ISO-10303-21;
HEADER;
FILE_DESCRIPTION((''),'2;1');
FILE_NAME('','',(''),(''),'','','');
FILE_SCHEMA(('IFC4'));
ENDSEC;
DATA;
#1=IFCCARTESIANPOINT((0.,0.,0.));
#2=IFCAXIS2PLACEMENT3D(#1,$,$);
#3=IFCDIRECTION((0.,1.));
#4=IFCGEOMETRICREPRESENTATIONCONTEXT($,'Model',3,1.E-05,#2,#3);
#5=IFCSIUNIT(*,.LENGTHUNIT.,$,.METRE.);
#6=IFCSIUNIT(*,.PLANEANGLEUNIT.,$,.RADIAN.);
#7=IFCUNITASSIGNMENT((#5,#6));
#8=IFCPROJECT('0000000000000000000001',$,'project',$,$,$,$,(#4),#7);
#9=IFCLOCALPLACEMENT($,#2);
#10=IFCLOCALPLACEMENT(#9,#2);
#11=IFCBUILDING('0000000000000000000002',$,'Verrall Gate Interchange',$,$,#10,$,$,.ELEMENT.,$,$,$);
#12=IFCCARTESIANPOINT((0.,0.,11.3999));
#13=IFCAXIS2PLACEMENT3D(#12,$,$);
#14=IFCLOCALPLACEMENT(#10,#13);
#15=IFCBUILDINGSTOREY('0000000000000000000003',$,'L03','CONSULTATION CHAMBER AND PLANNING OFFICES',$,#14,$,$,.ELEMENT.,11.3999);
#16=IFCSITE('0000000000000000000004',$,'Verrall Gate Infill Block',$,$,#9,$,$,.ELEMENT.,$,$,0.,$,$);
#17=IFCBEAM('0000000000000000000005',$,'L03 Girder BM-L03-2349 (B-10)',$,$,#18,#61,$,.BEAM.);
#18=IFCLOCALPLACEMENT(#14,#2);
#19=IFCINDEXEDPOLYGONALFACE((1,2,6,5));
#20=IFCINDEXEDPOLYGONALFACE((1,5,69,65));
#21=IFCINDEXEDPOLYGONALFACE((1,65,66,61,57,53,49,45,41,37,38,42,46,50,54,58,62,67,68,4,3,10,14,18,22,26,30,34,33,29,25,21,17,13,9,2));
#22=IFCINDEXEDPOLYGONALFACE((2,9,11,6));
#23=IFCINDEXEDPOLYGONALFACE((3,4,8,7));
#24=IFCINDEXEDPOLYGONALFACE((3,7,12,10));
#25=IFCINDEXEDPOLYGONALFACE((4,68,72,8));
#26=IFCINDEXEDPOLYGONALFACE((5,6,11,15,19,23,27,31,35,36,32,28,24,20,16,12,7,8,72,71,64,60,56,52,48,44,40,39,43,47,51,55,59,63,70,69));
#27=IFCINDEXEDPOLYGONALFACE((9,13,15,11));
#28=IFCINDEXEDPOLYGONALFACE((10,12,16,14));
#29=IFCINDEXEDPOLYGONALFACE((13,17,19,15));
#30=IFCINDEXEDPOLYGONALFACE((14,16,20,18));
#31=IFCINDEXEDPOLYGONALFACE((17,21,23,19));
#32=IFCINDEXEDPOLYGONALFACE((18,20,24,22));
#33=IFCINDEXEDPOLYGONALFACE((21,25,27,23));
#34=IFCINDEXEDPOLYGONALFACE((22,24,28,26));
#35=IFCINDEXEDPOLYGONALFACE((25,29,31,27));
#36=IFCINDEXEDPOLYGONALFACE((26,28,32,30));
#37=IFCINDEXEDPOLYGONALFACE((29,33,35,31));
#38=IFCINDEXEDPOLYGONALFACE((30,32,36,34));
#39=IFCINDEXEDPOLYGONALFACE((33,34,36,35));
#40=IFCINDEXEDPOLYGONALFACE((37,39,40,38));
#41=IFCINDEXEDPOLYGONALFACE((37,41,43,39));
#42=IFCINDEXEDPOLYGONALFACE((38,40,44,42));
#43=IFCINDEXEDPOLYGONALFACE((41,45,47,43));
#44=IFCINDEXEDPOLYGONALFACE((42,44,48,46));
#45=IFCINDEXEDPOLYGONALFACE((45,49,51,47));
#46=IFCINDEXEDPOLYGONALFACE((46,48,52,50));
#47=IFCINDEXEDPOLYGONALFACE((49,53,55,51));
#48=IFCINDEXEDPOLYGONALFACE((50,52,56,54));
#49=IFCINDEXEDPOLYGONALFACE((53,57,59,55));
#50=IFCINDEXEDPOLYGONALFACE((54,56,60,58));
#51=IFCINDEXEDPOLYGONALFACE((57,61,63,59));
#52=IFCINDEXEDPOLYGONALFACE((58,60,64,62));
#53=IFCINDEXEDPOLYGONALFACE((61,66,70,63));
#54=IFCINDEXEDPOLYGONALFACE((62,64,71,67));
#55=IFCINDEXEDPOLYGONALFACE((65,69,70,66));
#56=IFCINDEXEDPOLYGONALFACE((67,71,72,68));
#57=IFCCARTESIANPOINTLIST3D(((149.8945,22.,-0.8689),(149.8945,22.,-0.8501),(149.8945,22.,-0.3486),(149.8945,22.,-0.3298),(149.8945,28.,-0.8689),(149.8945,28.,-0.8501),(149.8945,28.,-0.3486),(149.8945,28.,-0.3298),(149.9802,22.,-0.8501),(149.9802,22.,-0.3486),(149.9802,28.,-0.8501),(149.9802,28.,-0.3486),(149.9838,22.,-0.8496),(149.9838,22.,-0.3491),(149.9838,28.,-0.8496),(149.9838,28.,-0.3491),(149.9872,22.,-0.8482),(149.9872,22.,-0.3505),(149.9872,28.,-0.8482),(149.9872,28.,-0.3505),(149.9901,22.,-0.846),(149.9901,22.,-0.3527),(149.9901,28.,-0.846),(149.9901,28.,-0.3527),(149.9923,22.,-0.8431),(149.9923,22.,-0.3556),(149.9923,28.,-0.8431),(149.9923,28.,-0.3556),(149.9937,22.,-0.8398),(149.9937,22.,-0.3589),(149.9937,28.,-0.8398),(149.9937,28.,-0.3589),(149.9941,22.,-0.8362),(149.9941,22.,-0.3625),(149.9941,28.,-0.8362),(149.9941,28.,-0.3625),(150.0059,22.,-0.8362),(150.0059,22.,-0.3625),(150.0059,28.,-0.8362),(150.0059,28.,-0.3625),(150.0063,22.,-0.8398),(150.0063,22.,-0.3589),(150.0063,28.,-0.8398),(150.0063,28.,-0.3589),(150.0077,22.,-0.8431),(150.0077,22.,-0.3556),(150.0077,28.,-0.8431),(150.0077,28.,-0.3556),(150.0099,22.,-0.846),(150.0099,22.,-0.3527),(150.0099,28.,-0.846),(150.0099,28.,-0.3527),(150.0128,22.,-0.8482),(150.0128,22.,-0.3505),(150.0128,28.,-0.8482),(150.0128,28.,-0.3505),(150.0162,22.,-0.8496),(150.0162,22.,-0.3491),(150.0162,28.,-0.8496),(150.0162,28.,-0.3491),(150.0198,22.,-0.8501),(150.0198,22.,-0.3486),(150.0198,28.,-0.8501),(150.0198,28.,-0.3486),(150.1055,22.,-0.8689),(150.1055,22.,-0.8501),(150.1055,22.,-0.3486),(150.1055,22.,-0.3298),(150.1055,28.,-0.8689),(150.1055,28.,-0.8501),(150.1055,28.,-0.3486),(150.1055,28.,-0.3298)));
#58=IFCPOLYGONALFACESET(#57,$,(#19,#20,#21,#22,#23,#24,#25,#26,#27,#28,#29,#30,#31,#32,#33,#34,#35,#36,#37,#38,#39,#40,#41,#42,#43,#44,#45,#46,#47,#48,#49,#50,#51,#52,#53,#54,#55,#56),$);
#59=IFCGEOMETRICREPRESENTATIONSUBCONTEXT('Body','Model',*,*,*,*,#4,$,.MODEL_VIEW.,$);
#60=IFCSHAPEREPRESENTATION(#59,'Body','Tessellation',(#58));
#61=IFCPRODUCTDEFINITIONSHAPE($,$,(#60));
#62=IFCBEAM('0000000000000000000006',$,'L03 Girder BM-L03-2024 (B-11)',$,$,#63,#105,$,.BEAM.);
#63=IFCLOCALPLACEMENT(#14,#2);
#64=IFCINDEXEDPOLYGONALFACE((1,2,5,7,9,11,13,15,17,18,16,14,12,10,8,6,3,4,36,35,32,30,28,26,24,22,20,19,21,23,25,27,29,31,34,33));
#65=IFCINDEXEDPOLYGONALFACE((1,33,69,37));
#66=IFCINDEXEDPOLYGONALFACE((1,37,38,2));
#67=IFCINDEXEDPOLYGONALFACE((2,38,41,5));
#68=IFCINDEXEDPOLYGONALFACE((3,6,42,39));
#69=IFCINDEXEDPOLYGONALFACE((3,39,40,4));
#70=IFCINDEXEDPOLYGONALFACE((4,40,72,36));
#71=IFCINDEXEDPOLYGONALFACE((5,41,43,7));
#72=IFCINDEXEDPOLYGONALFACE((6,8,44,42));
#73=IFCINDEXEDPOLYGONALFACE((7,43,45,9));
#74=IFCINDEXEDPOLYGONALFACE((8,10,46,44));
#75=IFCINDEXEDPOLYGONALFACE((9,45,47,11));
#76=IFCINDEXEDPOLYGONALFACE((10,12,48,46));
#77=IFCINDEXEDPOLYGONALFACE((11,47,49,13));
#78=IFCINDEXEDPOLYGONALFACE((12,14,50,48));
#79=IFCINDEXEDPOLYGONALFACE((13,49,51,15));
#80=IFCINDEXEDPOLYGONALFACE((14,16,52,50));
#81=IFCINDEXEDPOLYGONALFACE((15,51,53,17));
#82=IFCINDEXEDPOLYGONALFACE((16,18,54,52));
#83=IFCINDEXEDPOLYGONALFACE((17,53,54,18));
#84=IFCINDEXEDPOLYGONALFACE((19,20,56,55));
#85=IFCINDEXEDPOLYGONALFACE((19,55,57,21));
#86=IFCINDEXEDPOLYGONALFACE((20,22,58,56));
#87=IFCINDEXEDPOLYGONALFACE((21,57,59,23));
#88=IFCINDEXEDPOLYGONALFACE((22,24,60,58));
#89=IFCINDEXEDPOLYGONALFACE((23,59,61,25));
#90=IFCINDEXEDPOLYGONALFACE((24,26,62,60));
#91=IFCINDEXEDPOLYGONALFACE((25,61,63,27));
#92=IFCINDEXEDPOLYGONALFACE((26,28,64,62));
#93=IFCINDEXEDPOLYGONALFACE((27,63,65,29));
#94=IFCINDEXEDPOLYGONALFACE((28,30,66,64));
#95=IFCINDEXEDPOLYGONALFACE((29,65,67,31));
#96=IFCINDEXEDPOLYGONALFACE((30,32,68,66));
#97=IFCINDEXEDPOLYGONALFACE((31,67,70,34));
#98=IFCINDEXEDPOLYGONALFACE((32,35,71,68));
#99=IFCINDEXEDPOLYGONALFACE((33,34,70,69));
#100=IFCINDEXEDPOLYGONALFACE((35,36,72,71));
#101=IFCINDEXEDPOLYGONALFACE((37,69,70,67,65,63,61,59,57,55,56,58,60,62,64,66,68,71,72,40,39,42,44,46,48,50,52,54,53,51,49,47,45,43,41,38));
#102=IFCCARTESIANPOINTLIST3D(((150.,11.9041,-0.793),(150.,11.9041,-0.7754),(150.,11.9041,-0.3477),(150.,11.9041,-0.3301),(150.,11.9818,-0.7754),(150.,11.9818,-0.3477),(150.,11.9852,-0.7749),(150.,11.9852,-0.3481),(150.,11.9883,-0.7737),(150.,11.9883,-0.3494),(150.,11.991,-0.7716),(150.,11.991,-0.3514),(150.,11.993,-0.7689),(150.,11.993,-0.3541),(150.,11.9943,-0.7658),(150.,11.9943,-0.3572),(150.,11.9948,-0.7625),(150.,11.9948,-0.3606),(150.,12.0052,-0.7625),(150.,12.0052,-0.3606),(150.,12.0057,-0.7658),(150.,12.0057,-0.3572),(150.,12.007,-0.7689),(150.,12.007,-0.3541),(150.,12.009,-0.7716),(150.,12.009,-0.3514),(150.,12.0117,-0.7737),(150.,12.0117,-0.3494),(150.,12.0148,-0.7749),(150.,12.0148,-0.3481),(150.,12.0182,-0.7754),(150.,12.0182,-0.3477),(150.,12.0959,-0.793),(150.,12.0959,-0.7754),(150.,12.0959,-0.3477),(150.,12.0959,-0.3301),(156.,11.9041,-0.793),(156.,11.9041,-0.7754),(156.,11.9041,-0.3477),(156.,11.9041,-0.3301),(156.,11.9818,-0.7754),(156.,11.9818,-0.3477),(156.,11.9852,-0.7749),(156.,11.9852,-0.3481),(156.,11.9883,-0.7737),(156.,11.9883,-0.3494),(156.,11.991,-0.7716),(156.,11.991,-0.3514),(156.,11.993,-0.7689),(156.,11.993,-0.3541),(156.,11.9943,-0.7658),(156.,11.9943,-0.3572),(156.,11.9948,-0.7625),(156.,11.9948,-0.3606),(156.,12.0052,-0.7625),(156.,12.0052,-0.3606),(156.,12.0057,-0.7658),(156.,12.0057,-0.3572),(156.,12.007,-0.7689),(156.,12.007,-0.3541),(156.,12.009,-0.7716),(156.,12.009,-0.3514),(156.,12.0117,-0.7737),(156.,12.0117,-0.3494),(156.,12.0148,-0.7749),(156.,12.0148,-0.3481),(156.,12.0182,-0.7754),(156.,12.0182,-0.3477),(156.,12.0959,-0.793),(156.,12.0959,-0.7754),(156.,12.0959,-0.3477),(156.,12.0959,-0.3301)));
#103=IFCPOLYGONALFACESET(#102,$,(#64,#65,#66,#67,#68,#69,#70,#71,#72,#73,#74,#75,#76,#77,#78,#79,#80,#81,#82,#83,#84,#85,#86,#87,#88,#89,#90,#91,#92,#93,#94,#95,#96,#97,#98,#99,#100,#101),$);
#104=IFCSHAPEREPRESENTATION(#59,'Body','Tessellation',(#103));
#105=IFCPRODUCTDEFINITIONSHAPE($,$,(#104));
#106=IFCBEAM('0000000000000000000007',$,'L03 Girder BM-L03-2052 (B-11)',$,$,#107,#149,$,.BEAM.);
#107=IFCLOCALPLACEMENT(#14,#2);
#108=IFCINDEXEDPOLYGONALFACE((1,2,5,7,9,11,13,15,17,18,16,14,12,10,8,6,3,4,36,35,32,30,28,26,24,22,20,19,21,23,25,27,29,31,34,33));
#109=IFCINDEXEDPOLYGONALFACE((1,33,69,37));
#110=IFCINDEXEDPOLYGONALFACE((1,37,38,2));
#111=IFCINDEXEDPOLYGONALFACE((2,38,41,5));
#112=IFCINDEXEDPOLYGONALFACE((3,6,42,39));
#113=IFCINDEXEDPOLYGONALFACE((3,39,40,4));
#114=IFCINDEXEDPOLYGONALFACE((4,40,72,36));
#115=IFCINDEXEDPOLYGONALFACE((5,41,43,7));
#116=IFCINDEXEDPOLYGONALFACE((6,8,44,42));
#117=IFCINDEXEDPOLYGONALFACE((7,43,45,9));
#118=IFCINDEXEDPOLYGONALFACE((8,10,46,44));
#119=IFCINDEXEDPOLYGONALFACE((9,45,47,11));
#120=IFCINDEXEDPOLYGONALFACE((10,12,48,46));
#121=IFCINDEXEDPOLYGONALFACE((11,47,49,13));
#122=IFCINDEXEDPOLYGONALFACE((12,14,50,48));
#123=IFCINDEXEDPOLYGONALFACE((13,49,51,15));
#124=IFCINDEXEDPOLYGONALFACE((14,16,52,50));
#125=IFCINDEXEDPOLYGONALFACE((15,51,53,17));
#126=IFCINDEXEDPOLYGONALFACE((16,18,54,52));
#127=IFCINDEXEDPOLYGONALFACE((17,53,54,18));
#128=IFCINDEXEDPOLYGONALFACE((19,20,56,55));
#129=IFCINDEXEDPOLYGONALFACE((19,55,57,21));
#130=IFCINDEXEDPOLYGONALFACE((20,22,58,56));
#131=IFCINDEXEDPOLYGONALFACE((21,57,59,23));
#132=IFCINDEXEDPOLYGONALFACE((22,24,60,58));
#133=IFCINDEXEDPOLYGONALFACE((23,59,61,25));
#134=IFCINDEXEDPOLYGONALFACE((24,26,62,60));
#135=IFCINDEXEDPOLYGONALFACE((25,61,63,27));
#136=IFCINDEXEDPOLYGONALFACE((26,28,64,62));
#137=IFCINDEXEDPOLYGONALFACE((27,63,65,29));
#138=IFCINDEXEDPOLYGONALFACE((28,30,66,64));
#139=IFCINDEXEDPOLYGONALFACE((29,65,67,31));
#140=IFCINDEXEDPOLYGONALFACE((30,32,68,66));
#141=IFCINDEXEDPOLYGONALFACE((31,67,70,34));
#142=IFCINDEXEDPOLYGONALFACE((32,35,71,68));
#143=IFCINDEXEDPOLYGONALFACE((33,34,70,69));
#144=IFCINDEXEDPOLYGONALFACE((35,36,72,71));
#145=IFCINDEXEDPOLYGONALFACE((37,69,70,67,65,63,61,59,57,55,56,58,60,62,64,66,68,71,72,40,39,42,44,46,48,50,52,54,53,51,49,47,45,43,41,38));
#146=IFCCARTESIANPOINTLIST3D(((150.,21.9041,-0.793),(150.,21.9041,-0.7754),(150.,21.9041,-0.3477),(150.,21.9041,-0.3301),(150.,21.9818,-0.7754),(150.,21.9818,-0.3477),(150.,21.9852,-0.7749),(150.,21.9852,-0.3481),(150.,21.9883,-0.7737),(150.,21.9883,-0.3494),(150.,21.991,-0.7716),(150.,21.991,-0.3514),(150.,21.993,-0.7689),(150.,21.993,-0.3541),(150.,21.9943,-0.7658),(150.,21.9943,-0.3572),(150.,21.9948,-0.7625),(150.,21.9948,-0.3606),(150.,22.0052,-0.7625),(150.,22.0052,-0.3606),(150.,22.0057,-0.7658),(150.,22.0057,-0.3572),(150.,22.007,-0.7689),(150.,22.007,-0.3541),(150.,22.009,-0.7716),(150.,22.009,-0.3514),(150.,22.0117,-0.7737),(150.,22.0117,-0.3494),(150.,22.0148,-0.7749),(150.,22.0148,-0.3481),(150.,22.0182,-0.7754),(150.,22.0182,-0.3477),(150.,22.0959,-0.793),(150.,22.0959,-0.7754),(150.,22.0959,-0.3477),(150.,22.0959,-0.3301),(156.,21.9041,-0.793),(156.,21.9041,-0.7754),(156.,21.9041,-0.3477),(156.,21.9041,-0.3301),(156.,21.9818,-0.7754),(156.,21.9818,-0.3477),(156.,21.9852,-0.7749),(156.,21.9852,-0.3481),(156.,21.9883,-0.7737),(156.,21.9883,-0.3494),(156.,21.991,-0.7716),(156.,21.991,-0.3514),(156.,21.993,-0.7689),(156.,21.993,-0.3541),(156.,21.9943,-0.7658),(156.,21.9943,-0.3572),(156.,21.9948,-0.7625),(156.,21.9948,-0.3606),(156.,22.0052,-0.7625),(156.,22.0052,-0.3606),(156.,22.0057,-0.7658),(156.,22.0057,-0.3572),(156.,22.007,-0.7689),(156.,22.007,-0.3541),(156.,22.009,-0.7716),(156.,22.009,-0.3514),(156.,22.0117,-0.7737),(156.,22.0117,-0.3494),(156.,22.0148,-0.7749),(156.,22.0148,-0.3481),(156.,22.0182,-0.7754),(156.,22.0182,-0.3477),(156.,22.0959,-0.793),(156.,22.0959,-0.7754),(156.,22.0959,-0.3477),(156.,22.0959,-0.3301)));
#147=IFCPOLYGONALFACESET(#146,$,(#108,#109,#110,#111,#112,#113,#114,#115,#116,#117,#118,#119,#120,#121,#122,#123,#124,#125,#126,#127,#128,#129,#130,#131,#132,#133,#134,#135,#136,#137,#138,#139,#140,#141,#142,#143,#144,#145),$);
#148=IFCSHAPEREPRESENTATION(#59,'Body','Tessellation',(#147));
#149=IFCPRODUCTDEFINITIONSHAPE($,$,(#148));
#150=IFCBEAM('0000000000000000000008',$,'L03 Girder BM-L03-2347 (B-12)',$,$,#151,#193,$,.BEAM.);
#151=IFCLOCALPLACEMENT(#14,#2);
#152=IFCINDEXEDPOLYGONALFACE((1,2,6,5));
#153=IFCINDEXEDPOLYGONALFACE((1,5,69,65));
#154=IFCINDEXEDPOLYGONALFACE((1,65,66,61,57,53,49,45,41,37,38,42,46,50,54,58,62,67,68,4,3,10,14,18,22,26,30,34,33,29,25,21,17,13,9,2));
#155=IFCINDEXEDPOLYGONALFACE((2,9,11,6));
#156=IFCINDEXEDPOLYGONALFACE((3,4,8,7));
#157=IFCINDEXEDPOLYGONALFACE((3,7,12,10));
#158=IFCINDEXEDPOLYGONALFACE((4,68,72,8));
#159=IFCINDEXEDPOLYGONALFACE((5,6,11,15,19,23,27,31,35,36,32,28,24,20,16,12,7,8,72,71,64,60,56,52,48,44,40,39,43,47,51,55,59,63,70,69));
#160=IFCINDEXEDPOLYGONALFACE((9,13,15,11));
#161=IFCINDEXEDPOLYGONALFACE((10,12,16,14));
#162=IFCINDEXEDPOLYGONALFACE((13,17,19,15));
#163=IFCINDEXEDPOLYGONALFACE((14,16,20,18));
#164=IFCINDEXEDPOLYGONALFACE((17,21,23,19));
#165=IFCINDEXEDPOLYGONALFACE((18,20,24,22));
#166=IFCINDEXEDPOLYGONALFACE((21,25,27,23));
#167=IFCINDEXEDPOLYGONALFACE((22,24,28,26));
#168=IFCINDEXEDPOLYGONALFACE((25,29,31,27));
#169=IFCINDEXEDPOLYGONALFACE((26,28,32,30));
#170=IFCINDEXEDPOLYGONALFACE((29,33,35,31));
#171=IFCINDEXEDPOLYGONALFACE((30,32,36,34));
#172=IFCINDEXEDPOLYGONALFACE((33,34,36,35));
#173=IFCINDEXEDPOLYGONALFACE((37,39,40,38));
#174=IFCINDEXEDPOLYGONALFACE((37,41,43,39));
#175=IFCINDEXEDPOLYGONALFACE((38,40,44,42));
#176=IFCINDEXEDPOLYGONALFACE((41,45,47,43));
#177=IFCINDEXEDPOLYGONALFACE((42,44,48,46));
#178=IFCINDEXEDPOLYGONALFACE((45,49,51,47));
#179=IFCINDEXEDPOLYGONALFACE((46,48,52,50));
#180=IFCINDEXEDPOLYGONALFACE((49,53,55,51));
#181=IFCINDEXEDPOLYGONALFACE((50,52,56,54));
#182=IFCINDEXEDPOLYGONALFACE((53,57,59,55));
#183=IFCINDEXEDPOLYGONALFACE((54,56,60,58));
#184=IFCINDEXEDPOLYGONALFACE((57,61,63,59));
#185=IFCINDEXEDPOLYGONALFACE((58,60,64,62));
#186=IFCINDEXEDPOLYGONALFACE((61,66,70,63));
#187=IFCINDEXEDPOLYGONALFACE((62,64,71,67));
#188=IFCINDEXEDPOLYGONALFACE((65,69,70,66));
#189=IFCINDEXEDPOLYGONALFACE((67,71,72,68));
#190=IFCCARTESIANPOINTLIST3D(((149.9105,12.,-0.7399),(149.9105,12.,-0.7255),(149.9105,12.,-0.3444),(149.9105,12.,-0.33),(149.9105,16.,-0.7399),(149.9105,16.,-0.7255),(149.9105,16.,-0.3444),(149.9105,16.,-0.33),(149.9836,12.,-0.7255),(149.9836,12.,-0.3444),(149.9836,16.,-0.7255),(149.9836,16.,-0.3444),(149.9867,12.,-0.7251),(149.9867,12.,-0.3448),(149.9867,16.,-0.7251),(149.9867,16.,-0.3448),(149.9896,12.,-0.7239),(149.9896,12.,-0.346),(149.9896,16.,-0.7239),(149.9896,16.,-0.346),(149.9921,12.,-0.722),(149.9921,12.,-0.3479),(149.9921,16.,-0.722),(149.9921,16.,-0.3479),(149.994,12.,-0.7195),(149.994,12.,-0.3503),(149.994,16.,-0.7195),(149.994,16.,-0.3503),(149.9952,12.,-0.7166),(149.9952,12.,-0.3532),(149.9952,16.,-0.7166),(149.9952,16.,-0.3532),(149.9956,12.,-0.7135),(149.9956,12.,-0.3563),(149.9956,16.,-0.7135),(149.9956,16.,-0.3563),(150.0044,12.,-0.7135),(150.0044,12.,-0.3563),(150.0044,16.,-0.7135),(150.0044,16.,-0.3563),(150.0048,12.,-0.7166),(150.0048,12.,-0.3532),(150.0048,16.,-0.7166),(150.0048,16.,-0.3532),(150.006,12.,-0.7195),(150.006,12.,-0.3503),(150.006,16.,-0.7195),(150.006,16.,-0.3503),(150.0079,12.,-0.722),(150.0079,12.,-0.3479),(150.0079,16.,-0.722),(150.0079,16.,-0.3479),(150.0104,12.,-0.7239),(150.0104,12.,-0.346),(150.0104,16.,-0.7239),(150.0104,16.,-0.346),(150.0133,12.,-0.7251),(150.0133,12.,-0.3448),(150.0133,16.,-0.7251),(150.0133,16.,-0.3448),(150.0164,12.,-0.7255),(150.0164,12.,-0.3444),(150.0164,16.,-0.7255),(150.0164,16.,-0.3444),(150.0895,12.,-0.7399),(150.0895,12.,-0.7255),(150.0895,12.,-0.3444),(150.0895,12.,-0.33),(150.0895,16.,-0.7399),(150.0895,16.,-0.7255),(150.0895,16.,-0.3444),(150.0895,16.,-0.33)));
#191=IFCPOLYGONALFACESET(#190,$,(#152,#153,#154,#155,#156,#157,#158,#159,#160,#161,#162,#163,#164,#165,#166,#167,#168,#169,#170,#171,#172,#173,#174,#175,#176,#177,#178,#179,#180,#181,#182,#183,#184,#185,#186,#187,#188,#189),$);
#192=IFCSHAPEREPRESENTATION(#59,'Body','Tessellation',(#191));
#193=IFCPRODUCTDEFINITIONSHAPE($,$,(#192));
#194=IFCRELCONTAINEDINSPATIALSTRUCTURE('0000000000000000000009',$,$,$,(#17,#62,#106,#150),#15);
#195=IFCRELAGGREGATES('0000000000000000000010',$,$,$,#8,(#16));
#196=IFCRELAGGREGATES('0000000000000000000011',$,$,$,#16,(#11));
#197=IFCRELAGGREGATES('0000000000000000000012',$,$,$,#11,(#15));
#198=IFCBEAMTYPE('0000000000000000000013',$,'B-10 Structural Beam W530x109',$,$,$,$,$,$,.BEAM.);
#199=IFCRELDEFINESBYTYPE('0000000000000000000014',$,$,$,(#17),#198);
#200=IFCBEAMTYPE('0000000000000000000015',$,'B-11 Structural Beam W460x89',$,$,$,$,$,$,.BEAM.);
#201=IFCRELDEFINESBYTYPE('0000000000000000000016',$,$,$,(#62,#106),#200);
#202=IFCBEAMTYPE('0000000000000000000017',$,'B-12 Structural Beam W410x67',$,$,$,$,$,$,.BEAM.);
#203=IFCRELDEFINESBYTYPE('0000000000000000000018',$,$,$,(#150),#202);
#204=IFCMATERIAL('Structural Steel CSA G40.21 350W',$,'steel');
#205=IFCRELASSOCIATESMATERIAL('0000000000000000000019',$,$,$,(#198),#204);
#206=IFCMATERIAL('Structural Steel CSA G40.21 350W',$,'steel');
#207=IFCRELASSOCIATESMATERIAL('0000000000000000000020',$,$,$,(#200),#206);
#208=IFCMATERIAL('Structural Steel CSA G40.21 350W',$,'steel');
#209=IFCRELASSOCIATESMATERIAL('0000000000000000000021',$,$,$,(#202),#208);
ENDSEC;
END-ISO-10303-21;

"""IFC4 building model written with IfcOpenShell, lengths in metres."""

from ifc_helpers import new_model, si_unit, direction, frame, origin, origin_2d, place, context, subcontext, project, spatial, i_section, extrude, material, material_profile, profile_set, type_object, element, save


model = new_model("IFC4")

# Units and contexts
model_context = context("Model", 3, precision=1e-05, world=origin(), true_north=direction((0.0, 1.0)))
body_context = subcontext(model_context, "Body", "Model", "MODEL_VIEW")
ifc_project = project(units=[si_unit("LENGTHUNIT", "METRE"), si_unit("PLANEANGLEUNIT", "RADIAN")], contexts=[model_context])

# Site, building, storey
site_placement = place(None, origin())
site = spatial("IfcSite", under=ifc_project, at=site_placement, Name="Verrall Gate Infill Block", CompositionType="ELEMENT", RefElevation=0.0)
building_placement = place(site_placement, origin())
building = spatial("IfcBuilding", under=site, at=building_placement, Name="Verrall Gate Interchange", CompositionType="ELEMENT")
storey_placement = place(building_placement, frame((0.0, 0.0, 11.3999)))
storey = spatial("IfcBuildingStorey", under=building, at=storey_placement, Name="L03", Description="CONSULTATION CHAMBER AND PLANNING OFFICES", CompositionType="ELEMENT", Elevation=11.3999)

# Beams
ifc_material_1 = material(Name="Structural Steel CSA G40.21 350W", Category="steel")
ifc_material_profile_1 = material_profile(ifc_material_1, i_section(OverallWidth=0.2109, OverallDepth=0.5391, WebThickness=0.0117, FlangeThickness=0.0188, FilletRadius=0.0139, at=origin_2d()), Name="W530x109")
ifc_profile_set_1 = profile_set([ifc_material_profile_1], Name="Structural Steel CSA G40.21 350W")
beam_type_1 = type_object("IfcBeamType", Name="B-10 Structural Beam W530x109", PredefinedType="BEAM", material=ifc_profile_set_1)
for number, where, z_axis, x_axis, name in (
    (1, (150.0, 22.0, -0.5994), (0.0, 1.0, 0.0), (-1.0, 0.0, 0.0), "L03 Girder BM-L03-2349 (B-10)"),
):
    element("IfcBeam", number, at=place(storey_placement, frame(where, z_axis=z_axis, x_axis=x_axis)), inside=storey, type_object=beam_type_1, Name=name, PredefinedType="BEAM", context=body_context, shape_type="SweptSolid", body=[
        extrude(i_section(OverallWidth=0.2109, OverallDepth=0.5391, WebThickness=0.0117, FlangeThickness=0.0188, FilletRadius=0.0139, at=origin_2d()), origin(), (0.0, 0.0, 1.0), 6.0),
    ])
ifc_material_2 = material(Name="Structural Steel CSA G40.21 350W", Category="steel")
ifc_material_profile_2 = material_profile(ifc_material_2, i_section(OverallWidth=0.1919, OverallDepth=0.4629, WebThickness=0.0105, FlangeThickness=0.0176, FilletRadius=0.0129, at=origin_2d()), Name="W460x89")
ifc_profile_set_2 = profile_set([ifc_material_profile_2], Name="Structural Steel CSA G40.21 350W")
beam_type_2 = type_object("IfcBeamType", Name="B-11 Structural Beam W460x89", PredefinedType="BEAM", material=ifc_profile_set_2)
for number, where, z_axis, x_axis, name in (
    (2, (150.0, 12.0, -0.5615), (1.0, 0.0, 0.0), (0.0, 1.0, 0.0), "L03 Girder BM-L03-2024 (B-11)"),
    (3, (150.0, 22.0, -0.5615), (1.0, 0.0, 0.0), (0.0, 1.0, 0.0), "L03 Girder BM-L03-2052 (B-11)"),
):
    element("IfcBeam", number, at=place(storey_placement, frame(where, z_axis=z_axis, x_axis=x_axis)), inside=storey, type_object=beam_type_2, Name=name, PredefinedType="BEAM", context=body_context, shape_type="SweptSolid", body=[
        extrude(i_section(OverallWidth=0.1919, OverallDepth=0.4629, WebThickness=0.0105, FlangeThickness=0.0176, FilletRadius=0.0129, at=origin_2d()), origin(), (0.0, 0.0, 1.0), 6.0),
    ])
ifc_material_3 = material(Name="Structural Steel CSA G40.21 350W", Category="steel")
ifc_material_profile_3 = material_profile(ifc_material_3, i_section(OverallWidth=0.179, OverallDepth=0.4099, WebThickness=0.0088, FlangeThickness=0.0144, FilletRadius=0.012, at=origin_2d()), Name="W410x67")
ifc_profile_set_3 = profile_set([ifc_material_profile_3], Name="Structural Steel CSA G40.21 350W")
beam_type_3 = type_object("IfcBeamType", Name="B-12 Structural Beam W410x67", PredefinedType="BEAM", material=ifc_profile_set_3)
beam_1_placement = place(storey_placement, frame((150.0, 12.0, -0.5349), z_axis=(0.0, 1.0, 0.0), x_axis=(-1.0, 0.0, 0.0)))
element("IfcBeam", 4, at=beam_1_placement, inside=storey, type_object=beam_type_3, Name="L03 Girder BM-L03-2347 (B-12)", PredefinedType="BEAM", context=body_context, shape_type="SweptSolid", body=[
    extrude(i_section(OverallWidth=0.179, OverallDepth=0.4099, WebThickness=0.0088, FlangeThickness=0.0144, FilletRadius=0.012, at=origin_2d()), origin(), (0.0, 0.0, 1.0), 4.0),
])

save(model, "model.ifc")
